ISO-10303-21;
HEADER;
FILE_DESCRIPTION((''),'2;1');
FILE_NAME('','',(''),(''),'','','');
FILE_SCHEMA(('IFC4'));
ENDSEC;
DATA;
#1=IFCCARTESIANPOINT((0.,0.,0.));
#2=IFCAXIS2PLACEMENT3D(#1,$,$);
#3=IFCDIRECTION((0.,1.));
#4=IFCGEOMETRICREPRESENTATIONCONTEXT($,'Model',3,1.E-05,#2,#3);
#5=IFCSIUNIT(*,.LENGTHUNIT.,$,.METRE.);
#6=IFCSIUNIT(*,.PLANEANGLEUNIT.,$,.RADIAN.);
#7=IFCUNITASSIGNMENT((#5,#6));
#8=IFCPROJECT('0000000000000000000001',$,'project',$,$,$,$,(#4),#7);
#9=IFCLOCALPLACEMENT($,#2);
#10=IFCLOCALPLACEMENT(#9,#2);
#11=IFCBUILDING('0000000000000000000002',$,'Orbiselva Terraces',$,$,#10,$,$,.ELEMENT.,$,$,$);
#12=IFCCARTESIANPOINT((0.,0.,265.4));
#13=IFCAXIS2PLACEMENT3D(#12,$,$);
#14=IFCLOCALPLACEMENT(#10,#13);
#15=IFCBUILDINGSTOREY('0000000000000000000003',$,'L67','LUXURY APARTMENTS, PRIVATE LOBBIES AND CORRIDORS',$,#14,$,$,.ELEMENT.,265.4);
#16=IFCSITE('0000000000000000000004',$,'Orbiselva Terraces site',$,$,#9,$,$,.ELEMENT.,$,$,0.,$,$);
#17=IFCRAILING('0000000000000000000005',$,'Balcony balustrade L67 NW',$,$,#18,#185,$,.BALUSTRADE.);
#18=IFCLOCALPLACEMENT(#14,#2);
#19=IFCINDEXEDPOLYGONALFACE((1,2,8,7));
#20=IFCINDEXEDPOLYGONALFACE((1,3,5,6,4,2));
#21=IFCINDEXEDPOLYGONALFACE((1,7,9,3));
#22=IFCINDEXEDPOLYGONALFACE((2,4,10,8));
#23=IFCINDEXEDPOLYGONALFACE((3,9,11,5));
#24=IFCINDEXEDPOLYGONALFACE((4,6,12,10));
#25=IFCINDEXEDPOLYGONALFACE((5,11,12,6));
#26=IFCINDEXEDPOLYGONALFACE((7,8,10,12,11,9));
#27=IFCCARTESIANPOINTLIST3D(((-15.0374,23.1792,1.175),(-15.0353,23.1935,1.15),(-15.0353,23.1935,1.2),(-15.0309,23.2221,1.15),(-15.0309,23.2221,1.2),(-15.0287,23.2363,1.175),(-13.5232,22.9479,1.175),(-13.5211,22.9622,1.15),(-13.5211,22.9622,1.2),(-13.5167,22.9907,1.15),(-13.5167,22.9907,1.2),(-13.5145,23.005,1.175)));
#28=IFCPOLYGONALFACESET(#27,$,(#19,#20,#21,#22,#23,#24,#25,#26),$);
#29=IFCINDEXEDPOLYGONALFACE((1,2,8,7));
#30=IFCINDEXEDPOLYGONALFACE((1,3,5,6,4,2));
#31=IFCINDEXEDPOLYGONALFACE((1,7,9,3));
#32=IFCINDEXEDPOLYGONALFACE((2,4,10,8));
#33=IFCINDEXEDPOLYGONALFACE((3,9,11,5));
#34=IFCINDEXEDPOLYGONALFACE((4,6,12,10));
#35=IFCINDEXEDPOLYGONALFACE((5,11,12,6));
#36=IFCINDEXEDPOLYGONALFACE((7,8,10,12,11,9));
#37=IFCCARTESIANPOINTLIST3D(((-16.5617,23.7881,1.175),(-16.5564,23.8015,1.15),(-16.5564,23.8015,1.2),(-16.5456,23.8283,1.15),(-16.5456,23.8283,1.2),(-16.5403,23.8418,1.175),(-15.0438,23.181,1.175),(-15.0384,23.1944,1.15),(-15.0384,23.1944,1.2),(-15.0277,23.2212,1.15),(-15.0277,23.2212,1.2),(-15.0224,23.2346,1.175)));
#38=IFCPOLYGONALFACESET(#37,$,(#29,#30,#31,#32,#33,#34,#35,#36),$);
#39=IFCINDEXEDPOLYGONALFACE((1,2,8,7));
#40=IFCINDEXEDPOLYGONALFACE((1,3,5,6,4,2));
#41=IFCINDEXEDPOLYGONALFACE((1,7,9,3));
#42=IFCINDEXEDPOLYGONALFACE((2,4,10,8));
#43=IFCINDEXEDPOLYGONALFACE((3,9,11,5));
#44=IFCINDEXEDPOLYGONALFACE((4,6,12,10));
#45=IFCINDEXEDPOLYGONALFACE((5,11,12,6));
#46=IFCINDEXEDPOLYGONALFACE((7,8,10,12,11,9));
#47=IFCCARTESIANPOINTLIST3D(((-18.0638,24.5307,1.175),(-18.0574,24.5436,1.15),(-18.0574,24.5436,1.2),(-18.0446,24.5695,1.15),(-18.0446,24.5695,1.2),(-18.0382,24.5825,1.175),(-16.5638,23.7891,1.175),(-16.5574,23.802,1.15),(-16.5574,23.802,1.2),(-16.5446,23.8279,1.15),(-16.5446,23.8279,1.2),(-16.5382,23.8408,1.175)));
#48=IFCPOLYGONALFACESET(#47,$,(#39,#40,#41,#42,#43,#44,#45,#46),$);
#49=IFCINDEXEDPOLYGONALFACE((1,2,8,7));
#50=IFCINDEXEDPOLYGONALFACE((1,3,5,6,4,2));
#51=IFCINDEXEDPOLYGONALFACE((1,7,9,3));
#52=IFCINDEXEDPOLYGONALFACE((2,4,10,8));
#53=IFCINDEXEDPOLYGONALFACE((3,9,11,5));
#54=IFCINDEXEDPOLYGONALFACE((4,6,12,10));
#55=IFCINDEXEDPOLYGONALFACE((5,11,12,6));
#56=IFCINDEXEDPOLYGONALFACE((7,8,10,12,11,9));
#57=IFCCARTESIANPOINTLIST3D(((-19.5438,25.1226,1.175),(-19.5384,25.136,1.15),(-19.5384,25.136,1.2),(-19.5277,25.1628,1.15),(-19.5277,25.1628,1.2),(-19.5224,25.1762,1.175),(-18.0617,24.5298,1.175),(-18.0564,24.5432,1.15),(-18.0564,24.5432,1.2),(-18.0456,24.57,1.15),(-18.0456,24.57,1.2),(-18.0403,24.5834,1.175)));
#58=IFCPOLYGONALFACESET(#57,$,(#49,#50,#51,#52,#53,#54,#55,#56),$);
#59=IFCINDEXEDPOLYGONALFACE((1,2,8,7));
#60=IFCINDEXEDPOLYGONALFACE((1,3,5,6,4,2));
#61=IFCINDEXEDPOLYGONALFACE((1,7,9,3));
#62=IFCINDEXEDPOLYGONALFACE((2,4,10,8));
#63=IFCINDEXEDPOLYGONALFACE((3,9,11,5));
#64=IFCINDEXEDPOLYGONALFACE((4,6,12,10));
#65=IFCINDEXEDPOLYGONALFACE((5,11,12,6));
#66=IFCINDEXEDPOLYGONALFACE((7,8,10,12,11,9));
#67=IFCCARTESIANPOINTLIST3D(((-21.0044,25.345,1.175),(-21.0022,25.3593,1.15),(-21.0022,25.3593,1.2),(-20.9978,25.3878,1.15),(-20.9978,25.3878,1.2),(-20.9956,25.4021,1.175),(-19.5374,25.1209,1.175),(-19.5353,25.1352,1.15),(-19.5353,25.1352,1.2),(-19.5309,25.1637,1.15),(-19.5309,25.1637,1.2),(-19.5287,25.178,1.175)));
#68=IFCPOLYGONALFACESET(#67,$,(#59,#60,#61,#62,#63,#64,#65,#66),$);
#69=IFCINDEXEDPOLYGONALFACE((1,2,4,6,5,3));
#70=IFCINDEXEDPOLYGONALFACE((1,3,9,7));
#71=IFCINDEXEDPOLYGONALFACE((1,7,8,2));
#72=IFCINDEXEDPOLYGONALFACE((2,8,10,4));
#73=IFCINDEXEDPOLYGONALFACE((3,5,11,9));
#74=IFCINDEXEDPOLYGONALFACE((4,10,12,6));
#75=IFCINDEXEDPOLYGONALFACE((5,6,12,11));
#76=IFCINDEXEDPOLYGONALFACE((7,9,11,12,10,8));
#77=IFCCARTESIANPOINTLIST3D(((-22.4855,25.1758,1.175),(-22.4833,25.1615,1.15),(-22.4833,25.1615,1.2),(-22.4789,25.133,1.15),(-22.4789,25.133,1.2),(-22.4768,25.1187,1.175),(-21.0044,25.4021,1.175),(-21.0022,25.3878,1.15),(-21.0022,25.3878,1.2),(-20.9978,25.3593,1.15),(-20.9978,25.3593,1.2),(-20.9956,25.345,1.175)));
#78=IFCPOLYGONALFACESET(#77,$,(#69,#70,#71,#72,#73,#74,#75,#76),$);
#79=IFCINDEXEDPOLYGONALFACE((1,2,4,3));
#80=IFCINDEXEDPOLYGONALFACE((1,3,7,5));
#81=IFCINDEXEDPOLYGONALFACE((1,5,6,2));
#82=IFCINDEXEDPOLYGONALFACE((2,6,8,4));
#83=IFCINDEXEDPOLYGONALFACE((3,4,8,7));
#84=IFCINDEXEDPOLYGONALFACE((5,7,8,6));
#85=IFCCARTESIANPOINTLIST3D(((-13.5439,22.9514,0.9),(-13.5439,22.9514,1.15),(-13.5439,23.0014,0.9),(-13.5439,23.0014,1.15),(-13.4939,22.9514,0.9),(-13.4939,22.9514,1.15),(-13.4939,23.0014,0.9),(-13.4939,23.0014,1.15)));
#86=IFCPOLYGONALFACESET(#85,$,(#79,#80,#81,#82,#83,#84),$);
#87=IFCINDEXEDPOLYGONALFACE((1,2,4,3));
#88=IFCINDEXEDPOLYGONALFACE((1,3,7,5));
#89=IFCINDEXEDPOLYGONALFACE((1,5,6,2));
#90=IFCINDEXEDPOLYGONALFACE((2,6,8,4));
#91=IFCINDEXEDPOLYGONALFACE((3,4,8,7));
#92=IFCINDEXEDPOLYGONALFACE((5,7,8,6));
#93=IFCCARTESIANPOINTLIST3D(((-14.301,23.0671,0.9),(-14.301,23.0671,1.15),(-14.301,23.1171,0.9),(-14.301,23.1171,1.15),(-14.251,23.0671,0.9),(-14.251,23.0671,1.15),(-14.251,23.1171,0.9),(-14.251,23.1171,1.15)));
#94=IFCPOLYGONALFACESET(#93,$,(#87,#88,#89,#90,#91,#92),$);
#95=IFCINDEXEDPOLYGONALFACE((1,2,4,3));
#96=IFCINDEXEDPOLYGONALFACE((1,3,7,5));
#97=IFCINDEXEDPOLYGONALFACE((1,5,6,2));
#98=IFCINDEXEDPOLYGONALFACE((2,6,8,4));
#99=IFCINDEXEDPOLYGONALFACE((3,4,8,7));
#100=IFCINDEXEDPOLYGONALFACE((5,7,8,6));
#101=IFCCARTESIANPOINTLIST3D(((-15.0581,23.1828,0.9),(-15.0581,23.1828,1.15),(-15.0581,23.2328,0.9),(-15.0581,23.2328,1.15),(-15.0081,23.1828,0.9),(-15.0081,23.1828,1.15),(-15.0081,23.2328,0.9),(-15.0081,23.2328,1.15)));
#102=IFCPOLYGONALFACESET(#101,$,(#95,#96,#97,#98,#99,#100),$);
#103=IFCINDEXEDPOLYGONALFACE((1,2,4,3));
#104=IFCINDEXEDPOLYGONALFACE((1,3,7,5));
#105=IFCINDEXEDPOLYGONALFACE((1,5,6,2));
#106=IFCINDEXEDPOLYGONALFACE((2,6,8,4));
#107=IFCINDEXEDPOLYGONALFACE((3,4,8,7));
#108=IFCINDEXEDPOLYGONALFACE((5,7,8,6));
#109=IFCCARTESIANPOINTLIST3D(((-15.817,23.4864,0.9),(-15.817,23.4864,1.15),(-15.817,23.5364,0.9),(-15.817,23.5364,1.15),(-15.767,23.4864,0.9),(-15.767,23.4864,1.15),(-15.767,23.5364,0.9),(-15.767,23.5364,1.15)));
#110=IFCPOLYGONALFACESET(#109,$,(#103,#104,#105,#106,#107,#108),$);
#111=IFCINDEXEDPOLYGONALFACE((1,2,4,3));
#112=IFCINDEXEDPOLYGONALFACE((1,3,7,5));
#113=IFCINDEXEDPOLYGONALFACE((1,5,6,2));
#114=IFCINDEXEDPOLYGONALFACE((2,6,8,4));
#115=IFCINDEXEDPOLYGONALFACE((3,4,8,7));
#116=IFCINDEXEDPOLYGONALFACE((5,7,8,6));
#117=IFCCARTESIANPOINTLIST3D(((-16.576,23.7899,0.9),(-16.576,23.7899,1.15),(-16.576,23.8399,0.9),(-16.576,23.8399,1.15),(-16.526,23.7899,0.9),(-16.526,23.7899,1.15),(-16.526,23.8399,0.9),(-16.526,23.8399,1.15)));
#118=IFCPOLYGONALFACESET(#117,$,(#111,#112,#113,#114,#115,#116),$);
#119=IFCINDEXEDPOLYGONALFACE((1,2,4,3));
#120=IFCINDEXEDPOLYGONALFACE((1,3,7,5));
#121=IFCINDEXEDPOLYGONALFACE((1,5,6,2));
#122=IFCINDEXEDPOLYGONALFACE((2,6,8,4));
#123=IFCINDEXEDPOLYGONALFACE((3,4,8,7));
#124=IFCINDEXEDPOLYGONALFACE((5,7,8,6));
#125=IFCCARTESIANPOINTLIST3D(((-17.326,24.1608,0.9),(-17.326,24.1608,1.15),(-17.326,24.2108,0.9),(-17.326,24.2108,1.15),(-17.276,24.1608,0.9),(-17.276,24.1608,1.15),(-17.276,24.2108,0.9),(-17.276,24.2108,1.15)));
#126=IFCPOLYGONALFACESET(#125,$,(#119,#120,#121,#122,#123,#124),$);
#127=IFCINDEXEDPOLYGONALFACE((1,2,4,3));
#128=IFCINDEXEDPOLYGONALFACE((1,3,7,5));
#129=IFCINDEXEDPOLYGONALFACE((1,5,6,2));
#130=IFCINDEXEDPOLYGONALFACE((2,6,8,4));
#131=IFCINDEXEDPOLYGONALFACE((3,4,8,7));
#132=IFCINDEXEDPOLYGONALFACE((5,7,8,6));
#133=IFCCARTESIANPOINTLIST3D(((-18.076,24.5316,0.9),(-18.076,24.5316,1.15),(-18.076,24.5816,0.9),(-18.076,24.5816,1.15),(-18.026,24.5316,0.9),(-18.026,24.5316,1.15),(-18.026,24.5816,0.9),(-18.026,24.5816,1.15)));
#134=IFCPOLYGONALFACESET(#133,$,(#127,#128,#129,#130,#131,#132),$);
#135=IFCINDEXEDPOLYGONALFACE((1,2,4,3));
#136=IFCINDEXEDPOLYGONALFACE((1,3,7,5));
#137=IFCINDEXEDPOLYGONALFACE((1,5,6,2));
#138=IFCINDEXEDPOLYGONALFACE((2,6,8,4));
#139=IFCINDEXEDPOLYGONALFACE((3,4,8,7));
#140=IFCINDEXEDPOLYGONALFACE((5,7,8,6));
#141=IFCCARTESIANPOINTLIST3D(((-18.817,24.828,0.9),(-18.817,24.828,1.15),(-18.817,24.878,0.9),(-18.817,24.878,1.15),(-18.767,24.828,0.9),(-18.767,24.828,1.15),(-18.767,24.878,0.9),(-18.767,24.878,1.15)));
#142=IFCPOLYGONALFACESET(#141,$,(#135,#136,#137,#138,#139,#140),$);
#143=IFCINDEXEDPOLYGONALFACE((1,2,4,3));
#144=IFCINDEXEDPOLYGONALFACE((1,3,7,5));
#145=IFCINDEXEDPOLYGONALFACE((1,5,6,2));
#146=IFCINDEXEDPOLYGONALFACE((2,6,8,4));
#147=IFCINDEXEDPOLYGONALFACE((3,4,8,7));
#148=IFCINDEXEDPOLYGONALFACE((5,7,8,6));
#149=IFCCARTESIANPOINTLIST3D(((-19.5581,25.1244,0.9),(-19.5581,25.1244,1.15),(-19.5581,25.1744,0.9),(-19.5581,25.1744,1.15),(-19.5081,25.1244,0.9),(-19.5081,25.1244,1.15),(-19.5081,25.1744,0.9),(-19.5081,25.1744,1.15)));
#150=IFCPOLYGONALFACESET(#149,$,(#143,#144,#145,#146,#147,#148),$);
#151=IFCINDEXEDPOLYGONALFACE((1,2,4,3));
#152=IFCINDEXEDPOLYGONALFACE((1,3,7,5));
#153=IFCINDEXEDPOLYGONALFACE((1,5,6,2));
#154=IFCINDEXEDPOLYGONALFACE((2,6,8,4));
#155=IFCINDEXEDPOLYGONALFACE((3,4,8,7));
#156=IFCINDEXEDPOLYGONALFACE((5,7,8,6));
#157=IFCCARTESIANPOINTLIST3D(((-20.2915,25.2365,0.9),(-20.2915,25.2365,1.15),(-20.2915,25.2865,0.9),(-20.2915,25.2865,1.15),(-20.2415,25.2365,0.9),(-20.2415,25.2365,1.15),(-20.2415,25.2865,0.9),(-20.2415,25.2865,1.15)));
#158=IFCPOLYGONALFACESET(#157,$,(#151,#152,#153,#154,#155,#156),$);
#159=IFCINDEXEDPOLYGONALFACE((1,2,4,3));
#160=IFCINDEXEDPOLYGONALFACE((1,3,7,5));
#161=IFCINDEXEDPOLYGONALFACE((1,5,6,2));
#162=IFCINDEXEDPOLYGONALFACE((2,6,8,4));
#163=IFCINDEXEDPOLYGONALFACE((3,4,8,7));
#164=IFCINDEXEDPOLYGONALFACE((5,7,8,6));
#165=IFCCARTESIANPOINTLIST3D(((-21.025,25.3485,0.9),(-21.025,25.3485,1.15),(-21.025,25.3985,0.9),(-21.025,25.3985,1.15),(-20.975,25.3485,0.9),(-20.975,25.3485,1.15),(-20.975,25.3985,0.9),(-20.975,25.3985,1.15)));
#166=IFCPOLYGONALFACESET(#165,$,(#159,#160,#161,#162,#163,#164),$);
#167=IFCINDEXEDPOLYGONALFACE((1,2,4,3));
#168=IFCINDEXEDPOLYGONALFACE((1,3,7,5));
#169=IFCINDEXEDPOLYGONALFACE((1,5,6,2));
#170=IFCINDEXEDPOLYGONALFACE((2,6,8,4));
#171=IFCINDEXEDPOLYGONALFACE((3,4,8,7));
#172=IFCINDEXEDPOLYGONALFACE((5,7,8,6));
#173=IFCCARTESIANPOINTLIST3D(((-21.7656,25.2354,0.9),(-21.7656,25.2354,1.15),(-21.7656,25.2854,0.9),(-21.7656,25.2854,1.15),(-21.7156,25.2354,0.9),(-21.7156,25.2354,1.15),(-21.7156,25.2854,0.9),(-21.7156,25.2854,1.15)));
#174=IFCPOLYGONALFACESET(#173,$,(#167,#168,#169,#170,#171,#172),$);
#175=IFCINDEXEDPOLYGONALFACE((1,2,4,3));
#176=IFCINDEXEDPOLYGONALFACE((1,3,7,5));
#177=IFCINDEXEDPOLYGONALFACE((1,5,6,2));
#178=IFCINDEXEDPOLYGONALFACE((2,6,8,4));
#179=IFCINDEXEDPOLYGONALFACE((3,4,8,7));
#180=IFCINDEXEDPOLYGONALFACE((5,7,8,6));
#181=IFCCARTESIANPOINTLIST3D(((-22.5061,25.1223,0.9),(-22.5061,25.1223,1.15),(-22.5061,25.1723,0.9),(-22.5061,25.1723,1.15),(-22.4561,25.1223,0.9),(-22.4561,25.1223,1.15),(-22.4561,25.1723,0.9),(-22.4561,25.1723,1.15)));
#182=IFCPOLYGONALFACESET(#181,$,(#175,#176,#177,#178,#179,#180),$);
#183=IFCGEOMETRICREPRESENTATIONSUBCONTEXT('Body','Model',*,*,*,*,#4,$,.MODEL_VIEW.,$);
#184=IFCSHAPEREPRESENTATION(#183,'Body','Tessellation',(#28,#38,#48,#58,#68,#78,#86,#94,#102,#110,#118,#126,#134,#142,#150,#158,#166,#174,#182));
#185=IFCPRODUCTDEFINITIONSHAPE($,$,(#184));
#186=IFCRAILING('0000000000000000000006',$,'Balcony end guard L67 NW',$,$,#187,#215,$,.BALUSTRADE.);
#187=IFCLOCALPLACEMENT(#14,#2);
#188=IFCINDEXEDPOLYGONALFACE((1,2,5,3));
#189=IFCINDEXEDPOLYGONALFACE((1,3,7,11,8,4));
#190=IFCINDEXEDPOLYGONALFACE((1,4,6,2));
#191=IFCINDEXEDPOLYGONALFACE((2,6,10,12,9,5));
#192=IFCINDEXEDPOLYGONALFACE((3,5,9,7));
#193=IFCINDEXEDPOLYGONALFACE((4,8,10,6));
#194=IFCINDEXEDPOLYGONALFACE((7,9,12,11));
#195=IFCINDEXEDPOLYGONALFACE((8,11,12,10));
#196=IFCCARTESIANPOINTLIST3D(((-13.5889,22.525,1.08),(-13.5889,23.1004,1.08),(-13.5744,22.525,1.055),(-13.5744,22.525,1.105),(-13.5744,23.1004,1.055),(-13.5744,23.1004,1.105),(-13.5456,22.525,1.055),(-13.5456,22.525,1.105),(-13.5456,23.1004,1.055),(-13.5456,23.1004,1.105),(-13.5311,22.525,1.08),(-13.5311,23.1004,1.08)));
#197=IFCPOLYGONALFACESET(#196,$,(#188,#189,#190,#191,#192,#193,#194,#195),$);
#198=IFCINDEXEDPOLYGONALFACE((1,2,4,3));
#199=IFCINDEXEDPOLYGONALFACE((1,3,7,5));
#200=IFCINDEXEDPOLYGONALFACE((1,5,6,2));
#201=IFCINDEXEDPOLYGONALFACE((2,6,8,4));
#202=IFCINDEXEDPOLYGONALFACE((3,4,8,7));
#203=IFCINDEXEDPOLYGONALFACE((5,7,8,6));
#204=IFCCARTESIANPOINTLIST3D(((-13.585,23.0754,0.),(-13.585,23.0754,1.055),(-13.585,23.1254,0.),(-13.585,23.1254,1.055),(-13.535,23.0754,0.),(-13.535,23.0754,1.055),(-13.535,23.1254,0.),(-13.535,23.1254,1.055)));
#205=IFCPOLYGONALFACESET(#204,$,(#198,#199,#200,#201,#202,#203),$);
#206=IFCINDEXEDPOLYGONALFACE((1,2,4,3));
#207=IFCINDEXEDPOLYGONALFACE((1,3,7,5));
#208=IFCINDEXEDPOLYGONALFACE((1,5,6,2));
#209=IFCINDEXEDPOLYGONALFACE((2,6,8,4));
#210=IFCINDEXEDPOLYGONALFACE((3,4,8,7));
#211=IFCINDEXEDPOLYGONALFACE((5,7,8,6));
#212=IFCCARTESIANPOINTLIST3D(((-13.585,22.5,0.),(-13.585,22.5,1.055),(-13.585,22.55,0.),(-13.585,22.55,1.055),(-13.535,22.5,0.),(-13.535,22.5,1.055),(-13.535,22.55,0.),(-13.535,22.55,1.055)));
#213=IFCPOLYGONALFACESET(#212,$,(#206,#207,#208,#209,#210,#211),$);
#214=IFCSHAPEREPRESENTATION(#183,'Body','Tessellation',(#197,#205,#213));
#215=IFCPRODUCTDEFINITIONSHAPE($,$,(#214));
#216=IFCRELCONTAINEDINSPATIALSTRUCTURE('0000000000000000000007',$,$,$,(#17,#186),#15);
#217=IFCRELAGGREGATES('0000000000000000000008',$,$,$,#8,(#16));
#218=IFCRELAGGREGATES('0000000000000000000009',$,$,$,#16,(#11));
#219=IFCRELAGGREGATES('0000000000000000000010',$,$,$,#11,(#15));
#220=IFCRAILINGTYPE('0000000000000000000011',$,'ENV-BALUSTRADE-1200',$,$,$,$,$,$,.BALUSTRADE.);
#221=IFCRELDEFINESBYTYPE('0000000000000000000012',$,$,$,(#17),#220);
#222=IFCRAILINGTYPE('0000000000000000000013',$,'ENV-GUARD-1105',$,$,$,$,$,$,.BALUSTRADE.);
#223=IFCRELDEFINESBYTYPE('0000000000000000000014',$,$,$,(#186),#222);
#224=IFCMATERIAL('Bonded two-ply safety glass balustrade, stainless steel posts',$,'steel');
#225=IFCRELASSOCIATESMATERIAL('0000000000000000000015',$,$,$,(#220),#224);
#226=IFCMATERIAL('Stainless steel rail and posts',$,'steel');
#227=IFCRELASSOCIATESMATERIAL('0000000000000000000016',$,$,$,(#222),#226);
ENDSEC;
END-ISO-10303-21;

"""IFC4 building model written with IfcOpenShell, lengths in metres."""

from ifc_helpers import new_model, si_unit, direction, frame, origin, origin_2d, place, context, subcontext, project, spatial, polyline, rectangle, outline, extrude, material, type_object, element, save


model = new_model("IFC4")

# Units and contexts
model_context = context("Model", 3, precision=1e-05, world=origin(), true_north=direction((0.0, 1.0)))
body_context = subcontext(model_context, "Body", "Model", "MODEL_VIEW")
ifc_project = project(units=[si_unit("LENGTHUNIT", "METRE"), si_unit("PLANEANGLEUNIT", "RADIAN")], contexts=[model_context])

# Site, building, storey
site_placement = place(None, origin())
site = spatial("IfcSite", under=ifc_project, at=site_placement, Name="Orbiselva Terraces site", CompositionType="ELEMENT", RefElevation=0.0)
building_placement = place(site_placement, origin())
building = spatial("IfcBuilding", under=site, at=building_placement, Name="Orbiselva Terraces", CompositionType="ELEMENT")
storey_placement = place(building_placement, frame((0.0, 0.0, 265.4)))
storey = spatial("IfcBuildingStorey", under=building, at=storey_placement, Name="L67", Description="LUXURY APARTMENTS, PRIVATE LOBBIES AND CORRIDORS", CompositionType="ELEMENT", Elevation=265.4)

# Railings
ifc_material_1 = material(Name="Bonded two-ply safety glass balustrade, stainless steel posts", Category="steel")
railing_type_1 = type_object("IfcRailingType", Name="ENV-BALUSTRADE-1200", PredefinedType="BALUSTRADE", material=ifc_material_1)
railing_1_placement = place(storey_placement, frame((-13.5189, 22.9764, 0.9)))
element("IfcRailing", 1, at=railing_1_placement, inside=storey, type_object=railing_type_1, Name="Balcony balustrade L67 NW", PredefinedType="BALUSTRADE", context=body_context, shape_type="SweptSolid", body=[
    extrude(outline(polyline([(0.0289, 0.0), (0.0144, 0.025), (-0.0144, 0.025), (-0.0289, 0.0), (-0.0144, -0.025), (0.0144, -0.025), (0.0289, 0.0)])), frame((0.0, 0.0, 0.275), z_axis=(-0.988529, 0.151034, 0.0), x_axis=(-0.151034, -0.988529, 0.0)), (0.0, 0.0, 1.0), 1.5318),
    extrude(outline(polyline([(0.0289, 0.0), (0.0144, 0.025), (-0.0144, 0.025), (-0.0289, 0.0), (-0.0144, -0.025), (0.0144, -0.025), (0.0289, 0.0)])), frame((-1.5142, 0.2314, 0.275), z_axis=(-0.928477, 0.37139, 0.0), x_axis=(-0.37139, -0.928477, 0.0)), (0.0, 0.0, 1.0), 1.6348),
    extrude(outline(polyline([(0.0289, 0.0), (0.0144, 0.025), (-0.0144, 0.025), (-0.0289, 0.0), (-0.0144, -0.025), (0.0144, -0.025), (0.0289, 0.0)])), frame((-3.0321, 0.8385, 0.275), z_axis=(-0.896417, 0.443212, 0.0), x_axis=(-0.443212, -0.896417, 0.0)), (0.0, 0.0, 1.0), 1.6733),
    extrude(outline(polyline([(0.0289, 0.0), (0.0144, 0.025), (-0.0144, 0.025), (-0.0289, 0.0), (-0.0144, -0.025), (0.0144, -0.025), (0.0289, 0.0)])), frame((-4.5321, 1.5802, 0.275), z_axis=(-0.928477, 0.371391, 0.0), x_axis=(-0.371391, -0.928477, 0.0)), (0.0, 0.0, 1.0), 1.5963),
    extrude(outline(polyline([(0.0289, 0.0), (0.0144, 0.025), (-0.0144, 0.025), (-0.0289, 0.0), (-0.0144, -0.025), (0.0144, -0.025), (0.0289, 0.0)])), frame((-6.0142, 2.173, 0.275), z_axis=(-0.988529, 0.151034, 0.0), x_axis=(-0.151034, -0.988529, 0.0)), (0.0, 0.0, 1.0), 1.4839),
    extrude(outline(polyline([(0.0289, 0.0), (0.0144, 0.025), (-0.0144, 0.025), (-0.0289, 0.0), (-0.0144, -0.025), (0.0144, -0.025), (0.0289, 0.0)])), frame((-7.4811, 2.3971, 0.275), z_axis=(-0.988529, -0.151034, 0.0), x_axis=(0.151034, -0.988529, 0.0)), (0.0, 0.0, 1.0), 1.4983),
    extrude(rectangle(XDim=0.05, YDim=0.05, at=origin_2d()), origin(), (0.0, 0.0, 1.0), 0.25),
    extrude(rectangle(XDim=0.05, YDim=0.05, at=origin_2d()), frame((-0.7571, 0.1157, 0.0)), (0.0, 0.0, 1.0), 0.25),
    extrude(rectangle(XDim=0.05, YDim=0.05, at=origin_2d()), frame((-1.5142, 0.2314, 0.0)), (0.0, 0.0, 1.0), 0.25),
    extrude(rectangle(XDim=0.05, YDim=0.05, at=origin_2d()), frame((-2.2732, 0.5349, 0.0)), (0.0, 0.0, 1.0), 0.25),
    extrude(rectangle(XDim=0.05, YDim=0.05, at=origin_2d()), frame((-3.0321, 0.8385, 0.0)), (0.0, 0.0, 1.0), 0.25),
    extrude(rectangle(XDim=0.05, YDim=0.05, at=origin_2d()), frame((-3.7821, 1.2093, 0.0)), (0.0, 0.0, 1.0), 0.25),
    extrude(rectangle(XDim=0.05, YDim=0.05, at=origin_2d()), frame((-4.5321, 1.5802, 0.0)), (0.0, 0.0, 1.0), 0.25),
    extrude(rectangle(XDim=0.05, YDim=0.05, at=origin_2d()), frame((-5.2732, 1.8766, 0.0)), (0.0, 0.0, 1.0), 0.25),
    extrude(rectangle(XDim=0.05, YDim=0.05, at=origin_2d()), frame((-6.0142, 2.173, 0.0)), (0.0, 0.0, 1.0), 0.25),
    extrude(rectangle(XDim=0.05, YDim=0.05, at=origin_2d()), frame((-6.7477, 2.2851, 0.0)), (0.0, 0.0, 1.0), 0.25),
    extrude(rectangle(XDim=0.05, YDim=0.05, at=origin_2d()), frame((-7.4811, 2.3971, 0.0)), (0.0, 0.0, 1.0), 0.25),
    extrude(rectangle(XDim=0.05, YDim=0.05, at=origin_2d()), frame((-8.2217, 2.284, 0.0)), (0.0, 0.0, 1.0), 0.25),
    extrude(rectangle(XDim=0.05, YDim=0.05, at=origin_2d()), frame((-8.9622, 2.1708, 0.0)), (0.0, 0.0, 1.0), 0.25),
])
ifc_material_2 = material(Name="Stainless steel rail and posts", Category="steel")
railing_type_2 = type_object("IfcRailingType", Name="ENV-GUARD-1105", PredefinedType="BALUSTRADE", material=ifc_material_2)
railing_2_placement = place(storey_placement, frame((-13.56, 23.1004, 0.0)))
element("IfcRailing", 2, at=railing_2_placement, inside=storey, type_object=railing_type_2, Name="Balcony end guard L67 NW", PredefinedType="BALUSTRADE", context=body_context, shape_type="SweptSolid", body=[
    extrude(outline(polyline([(0.0289, 0.0), (0.0144, 0.025), (-0.0144, 0.025), (-0.0289, 0.0), (-0.0144, -0.025), (0.0144, -0.025), (0.0289, 0.0)])), frame((0.0, 0.0, 1.08), z_axis=(0.0, -1.0, 0.0), x_axis=(1.0, 0.0, 0.0)), (0.0, 0.0, 1.0), 0.5754),
    extrude(rectangle(XDim=0.05, YDim=0.05, at=origin_2d()), origin(), (0.0, 0.0, 1.0), 1.055),
    extrude(rectangle(XDim=0.05, YDim=0.05, at=origin_2d()), frame((0.0, -0.5754, 0.0)), (0.0, 0.0, 1.0), 1.055),
])

save(model, "model.ifc")
